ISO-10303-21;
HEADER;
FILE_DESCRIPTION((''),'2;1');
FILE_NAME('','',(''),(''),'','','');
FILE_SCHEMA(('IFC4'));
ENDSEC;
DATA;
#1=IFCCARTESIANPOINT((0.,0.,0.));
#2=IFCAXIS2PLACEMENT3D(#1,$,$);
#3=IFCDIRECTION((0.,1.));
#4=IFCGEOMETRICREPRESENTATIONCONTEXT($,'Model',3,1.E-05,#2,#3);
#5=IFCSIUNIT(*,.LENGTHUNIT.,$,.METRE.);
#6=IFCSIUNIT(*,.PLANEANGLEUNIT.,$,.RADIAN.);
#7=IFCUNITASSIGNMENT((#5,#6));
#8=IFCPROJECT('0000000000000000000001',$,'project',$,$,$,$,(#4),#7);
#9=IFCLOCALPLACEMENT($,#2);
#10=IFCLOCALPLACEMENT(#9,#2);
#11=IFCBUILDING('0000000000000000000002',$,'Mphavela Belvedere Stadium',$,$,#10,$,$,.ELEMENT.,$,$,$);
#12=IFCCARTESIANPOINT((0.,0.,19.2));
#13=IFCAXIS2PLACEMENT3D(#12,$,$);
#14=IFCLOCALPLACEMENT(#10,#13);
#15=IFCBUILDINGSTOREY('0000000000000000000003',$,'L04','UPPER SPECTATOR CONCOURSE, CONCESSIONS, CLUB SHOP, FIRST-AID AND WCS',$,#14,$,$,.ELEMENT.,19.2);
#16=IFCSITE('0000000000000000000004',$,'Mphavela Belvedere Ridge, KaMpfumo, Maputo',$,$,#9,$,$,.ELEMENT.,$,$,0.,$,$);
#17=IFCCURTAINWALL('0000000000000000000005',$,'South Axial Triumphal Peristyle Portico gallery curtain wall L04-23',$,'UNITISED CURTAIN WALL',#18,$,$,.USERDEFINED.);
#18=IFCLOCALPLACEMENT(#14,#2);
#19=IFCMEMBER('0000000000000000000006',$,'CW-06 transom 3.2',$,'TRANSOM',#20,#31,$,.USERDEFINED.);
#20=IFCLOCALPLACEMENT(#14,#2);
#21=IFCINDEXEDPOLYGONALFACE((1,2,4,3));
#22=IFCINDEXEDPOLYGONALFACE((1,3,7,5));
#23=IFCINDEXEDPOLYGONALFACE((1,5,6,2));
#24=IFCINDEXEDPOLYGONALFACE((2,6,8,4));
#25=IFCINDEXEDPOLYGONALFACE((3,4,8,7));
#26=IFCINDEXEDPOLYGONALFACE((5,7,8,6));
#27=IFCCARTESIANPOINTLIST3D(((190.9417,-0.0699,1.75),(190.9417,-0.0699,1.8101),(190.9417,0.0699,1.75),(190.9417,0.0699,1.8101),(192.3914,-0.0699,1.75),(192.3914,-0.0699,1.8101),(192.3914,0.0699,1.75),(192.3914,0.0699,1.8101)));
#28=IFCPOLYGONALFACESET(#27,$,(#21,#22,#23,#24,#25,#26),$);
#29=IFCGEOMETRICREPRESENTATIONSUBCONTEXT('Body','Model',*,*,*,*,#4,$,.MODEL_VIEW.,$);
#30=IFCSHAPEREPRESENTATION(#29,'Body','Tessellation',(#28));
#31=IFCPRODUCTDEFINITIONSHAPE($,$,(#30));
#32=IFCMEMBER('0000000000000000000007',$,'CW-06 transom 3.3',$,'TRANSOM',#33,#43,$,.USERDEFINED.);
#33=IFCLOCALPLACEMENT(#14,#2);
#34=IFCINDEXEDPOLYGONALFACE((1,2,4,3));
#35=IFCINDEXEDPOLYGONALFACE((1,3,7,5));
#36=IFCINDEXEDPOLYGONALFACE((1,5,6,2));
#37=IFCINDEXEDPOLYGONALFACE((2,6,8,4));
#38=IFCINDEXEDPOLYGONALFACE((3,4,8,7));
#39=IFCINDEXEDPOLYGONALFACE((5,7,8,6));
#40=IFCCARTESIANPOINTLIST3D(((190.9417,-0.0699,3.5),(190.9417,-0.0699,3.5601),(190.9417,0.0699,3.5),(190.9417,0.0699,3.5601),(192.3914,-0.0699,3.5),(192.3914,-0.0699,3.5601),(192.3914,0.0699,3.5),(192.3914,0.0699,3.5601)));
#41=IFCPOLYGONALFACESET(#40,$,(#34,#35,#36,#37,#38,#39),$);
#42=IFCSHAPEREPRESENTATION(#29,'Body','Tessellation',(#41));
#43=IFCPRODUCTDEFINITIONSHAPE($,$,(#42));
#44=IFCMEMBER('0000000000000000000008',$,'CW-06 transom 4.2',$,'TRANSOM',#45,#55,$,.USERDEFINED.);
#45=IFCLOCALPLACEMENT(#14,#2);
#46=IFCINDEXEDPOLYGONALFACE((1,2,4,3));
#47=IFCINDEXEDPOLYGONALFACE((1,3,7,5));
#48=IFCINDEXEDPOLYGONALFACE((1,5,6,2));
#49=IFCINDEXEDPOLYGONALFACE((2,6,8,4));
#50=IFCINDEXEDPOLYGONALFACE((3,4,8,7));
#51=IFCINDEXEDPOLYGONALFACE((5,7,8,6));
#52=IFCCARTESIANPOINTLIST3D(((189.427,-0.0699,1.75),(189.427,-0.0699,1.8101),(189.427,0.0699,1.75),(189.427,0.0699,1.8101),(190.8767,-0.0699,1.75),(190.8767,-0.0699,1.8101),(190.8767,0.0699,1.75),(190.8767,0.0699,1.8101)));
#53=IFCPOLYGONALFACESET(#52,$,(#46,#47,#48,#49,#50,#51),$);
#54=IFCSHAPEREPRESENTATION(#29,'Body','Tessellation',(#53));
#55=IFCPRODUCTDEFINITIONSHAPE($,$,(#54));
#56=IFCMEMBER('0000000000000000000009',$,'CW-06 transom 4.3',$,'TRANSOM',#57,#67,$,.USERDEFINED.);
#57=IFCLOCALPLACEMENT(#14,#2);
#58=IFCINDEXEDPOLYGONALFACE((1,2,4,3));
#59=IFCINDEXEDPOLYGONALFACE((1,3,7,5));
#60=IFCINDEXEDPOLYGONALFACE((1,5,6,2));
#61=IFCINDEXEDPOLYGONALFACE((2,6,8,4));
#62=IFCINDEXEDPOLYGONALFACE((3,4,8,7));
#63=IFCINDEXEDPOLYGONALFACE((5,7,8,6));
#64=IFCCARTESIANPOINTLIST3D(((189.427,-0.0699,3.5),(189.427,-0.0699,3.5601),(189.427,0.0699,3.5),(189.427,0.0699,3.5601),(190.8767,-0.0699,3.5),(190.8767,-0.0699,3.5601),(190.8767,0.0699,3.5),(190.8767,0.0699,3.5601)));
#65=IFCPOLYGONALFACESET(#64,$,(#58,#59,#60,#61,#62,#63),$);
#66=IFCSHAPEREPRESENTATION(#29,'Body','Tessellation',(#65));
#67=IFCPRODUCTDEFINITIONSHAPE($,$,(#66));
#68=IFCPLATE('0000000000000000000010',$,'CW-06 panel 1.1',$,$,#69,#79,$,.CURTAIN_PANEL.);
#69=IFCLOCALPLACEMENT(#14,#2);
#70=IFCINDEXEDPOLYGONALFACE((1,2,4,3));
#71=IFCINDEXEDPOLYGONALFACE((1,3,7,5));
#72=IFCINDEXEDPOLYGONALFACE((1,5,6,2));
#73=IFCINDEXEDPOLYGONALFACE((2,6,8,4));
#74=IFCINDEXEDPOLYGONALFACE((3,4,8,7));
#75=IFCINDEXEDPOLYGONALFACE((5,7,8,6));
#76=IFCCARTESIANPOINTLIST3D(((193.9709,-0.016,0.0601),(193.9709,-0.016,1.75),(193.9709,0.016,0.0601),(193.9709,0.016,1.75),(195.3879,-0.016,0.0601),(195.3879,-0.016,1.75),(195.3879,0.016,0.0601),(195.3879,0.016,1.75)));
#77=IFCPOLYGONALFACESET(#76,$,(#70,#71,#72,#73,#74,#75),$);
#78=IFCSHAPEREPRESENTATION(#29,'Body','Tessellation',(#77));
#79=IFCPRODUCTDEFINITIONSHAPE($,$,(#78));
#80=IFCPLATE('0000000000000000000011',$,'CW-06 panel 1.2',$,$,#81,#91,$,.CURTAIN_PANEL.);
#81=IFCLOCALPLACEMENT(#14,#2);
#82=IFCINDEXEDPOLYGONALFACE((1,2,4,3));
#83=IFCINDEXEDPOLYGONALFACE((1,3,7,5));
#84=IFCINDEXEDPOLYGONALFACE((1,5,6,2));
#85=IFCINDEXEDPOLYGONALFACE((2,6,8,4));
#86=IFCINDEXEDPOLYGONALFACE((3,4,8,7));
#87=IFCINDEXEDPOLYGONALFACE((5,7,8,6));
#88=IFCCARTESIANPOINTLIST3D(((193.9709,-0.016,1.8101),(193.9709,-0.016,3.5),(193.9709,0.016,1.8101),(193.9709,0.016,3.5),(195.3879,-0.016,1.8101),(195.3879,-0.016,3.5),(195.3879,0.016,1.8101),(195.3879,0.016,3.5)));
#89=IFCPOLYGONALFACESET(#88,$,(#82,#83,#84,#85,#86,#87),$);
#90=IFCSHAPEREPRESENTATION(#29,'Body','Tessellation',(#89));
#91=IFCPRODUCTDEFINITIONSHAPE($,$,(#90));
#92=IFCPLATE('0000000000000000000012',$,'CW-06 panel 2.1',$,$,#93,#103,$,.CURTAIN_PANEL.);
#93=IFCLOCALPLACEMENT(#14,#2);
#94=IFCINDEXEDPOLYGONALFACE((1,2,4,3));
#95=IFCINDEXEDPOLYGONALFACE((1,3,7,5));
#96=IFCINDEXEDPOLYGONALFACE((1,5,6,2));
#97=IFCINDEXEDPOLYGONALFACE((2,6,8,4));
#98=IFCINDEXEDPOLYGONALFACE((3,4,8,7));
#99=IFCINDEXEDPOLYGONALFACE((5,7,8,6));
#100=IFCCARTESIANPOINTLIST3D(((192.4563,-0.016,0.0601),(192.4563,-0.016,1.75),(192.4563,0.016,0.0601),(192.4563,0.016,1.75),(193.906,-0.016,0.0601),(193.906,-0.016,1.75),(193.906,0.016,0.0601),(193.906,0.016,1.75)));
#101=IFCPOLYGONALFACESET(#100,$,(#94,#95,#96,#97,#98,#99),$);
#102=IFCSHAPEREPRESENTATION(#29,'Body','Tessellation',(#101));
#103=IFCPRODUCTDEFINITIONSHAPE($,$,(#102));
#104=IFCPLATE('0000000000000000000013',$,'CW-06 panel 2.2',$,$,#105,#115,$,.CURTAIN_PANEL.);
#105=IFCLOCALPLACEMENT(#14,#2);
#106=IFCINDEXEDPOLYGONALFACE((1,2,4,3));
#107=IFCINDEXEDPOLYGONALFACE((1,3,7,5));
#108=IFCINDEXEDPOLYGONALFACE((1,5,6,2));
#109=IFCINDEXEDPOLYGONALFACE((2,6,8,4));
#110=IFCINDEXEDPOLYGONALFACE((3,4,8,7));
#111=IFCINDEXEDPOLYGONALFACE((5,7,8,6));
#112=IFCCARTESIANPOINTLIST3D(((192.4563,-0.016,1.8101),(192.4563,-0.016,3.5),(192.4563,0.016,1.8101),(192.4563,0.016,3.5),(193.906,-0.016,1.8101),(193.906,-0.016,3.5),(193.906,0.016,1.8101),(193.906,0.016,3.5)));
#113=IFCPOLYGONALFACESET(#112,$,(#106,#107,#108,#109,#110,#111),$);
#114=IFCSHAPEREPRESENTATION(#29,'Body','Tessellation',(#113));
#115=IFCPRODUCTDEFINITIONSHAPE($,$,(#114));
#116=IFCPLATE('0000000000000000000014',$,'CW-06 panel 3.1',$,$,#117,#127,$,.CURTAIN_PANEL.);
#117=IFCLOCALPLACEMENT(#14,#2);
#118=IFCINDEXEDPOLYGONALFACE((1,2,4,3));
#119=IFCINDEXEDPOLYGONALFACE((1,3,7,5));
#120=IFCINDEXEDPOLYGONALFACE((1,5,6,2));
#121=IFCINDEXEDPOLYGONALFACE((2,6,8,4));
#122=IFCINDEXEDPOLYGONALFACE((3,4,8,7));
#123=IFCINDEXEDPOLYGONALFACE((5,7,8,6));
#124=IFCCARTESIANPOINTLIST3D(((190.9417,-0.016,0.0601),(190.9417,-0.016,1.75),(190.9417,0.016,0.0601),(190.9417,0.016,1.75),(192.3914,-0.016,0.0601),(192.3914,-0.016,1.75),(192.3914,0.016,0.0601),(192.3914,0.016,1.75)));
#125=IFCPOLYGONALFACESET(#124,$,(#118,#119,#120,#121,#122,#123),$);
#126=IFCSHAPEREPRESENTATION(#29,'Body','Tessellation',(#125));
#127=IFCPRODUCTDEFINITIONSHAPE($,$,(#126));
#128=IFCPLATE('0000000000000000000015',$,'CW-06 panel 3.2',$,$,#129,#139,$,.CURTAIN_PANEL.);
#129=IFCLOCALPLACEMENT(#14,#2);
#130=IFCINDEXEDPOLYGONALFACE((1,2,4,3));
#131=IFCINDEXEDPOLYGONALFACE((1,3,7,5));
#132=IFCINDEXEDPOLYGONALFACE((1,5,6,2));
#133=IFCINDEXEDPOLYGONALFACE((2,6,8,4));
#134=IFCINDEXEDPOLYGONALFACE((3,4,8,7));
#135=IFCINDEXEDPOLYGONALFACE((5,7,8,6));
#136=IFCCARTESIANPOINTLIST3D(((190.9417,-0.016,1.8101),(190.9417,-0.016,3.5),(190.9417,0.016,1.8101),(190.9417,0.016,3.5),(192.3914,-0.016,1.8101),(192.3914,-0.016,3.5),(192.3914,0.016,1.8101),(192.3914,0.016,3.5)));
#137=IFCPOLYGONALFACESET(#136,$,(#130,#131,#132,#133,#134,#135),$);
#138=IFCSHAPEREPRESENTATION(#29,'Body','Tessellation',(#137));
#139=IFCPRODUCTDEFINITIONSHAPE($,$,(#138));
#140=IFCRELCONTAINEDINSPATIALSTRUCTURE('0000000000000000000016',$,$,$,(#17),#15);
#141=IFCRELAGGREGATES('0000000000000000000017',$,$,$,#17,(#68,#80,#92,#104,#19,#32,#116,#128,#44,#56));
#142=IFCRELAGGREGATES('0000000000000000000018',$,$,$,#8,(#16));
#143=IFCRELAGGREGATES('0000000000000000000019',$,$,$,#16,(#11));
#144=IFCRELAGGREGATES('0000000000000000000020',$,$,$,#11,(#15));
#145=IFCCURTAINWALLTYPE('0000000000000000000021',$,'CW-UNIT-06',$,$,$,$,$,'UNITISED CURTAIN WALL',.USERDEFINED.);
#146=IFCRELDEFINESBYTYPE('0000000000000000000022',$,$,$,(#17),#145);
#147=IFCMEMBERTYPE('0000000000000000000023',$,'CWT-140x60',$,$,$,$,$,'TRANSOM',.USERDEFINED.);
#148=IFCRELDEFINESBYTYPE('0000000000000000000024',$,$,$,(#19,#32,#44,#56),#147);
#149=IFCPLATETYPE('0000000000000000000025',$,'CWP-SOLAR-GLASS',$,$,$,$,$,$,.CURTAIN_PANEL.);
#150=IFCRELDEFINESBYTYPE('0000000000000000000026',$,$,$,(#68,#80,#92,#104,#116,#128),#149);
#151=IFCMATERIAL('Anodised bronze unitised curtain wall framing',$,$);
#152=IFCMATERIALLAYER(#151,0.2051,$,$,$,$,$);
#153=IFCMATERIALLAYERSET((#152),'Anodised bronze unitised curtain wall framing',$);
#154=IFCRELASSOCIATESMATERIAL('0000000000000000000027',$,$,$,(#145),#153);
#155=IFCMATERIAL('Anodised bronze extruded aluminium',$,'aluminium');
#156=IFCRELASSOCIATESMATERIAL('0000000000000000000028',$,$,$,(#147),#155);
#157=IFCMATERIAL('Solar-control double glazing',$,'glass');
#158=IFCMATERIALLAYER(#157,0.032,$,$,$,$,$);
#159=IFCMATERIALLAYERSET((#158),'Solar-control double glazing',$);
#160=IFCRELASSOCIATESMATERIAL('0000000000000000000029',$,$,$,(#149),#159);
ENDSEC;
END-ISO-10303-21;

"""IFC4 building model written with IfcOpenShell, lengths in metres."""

from ifc_helpers import new_model, si_unit, direction, frame, origin, origin_2d, place, context, subcontext, project, spatial, rectangle, extrude, material, layer, layer_set, material_profile, profile_set, type_object, element, aggregate, save


model = new_model("IFC4")

# Units and contexts
model_context = context("Model", 3, precision=1e-05, world=origin(), true_north=direction((0.0, 1.0)))
body_context = subcontext(model_context, "Body", "Model", "MODEL_VIEW")
ifc_project = project(units=[si_unit("LENGTHUNIT", "METRE"), si_unit("PLANEANGLEUNIT", "RADIAN")], contexts=[model_context])

# Site, building, storey
site_placement = place(None, origin())
site = spatial("IfcSite", under=ifc_project, at=site_placement, Name="Mphavela Belvedere Ridge, KaMpfumo, Maputo", CompositionType="ELEMENT", RefElevation=0.0)
building_placement = place(site_placement, origin())
building = spatial("IfcBuilding", under=site, at=building_placement, Name="Mphavela Belvedere Stadium", CompositionType="ELEMENT")
storey_placement = place(building_placement, frame((0.0, 0.0, 19.2)))
storey = spatial("IfcBuildingStorey", under=building, at=storey_placement, Name="L04", Description="UPPER SPECTATOR CONCOURSE, CONCESSIONS, CLUB SHOP, FIRST-AID AND WCS", CompositionType="ELEMENT", Elevation=19.2)

# Curtain wall, members, plates
ifc_material_1 = material(Name="Anodised bronze unitised curtain wall framing")
ifc_layer_1 = layer(ifc_material_1, 0.2051)
ifc_layer_set_1 = layer_set([ifc_layer_1], Name="Anodised bronze unitised curtain wall framing")
curtain_wall_type = type_object("IfcCurtainWallType", Name="CW-UNIT-06", ElementType="UNITISED CURTAIN WALL", PredefinedType="USERDEFINED", material=ifc_layer_set_1)
curtain_wall_placement = place(storey_placement, origin())
curtain_wall = element("IfcCurtainWall", 1, at=curtain_wall_placement, inside=storey, type_object=curtain_wall_type, Name="South Axial Triumphal Peristyle Portico gallery curtain wall L04-23", ObjectType="UNITISED CURTAIN WALL", PredefinedType="USERDEFINED")
ifc_material_2 = material(Name="Anodised bronze extruded aluminium", Category="aluminium")
ifc_material_profile_1 = material_profile(ifc_material_2, rectangle(XDim=0.1399, YDim=0.0601, at=origin_2d()), Name="CW-TRN 140x60")
ifc_profile_set_1 = profile_set([ifc_material_profile_1], Name="Anodised bronze extruded aluminium")
member_type_1 = type_object("IfcMemberType", Name="CWT-140x60", ElementType="TRANSOM", PredefinedType="USERDEFINED", material=ifc_profile_set_1)
member_1_placement = place(storey_placement, frame((192.3914, 0.0, 1.78), z_axis=(-1.0, 0.0, 0.0), x_axis=(0.0, -1.0, 0.0)))
member_1 = element("IfcMember", 2, at=member_1_placement, type_object=member_type_1, Name="CW-06 transom 3.2", ObjectType="TRANSOM", PredefinedType="USERDEFINED", context=body_context, shape_type="SweptSolid", body=[
    extrude(rectangle(XDim=0.1399, YDim=0.0601, at=origin_2d()), origin(), (0.0, 0.0, 1.0), 1.4497),
])
member_2_placement = place(storey_placement, frame((192.3914, 0.0, 3.53), z_axis=(-1.0, 0.0, 0.0), x_axis=(0.0, -1.0, 0.0)))
member_2 = element("IfcMember", 3, at=member_2_placement, type_object=member_type_1, Name="CW-06 transom 3.3", ObjectType="TRANSOM", PredefinedType="USERDEFINED", context=body_context, shape_type="SweptSolid", body=[
    extrude(rectangle(XDim=0.1399, YDim=0.0601, at=origin_2d()), origin(), (0.0, 0.0, 1.0), 1.4497),
])
member_3_placement = place(storey_placement, frame((190.8767, 0.0, 1.78), z_axis=(-1.0, 0.0, 0.0), x_axis=(0.0, -1.0, 0.0)))
member_3 = element("IfcMember", 4, at=member_3_placement, type_object=member_type_1, Name="CW-06 transom 4.2", ObjectType="TRANSOM", PredefinedType="USERDEFINED", context=body_context, shape_type="SweptSolid", body=[
    extrude(rectangle(XDim=0.1399, YDim=0.0601, at=origin_2d()), origin(), (0.0, 0.0, 1.0), 1.4497),
])
member_4_placement = place(storey_placement, frame((190.8767, 0.0, 3.53), z_axis=(-1.0, 0.0, 0.0), x_axis=(0.0, -1.0, 0.0)))
member_4 = element("IfcMember", 5, at=member_4_placement, type_object=member_type_1, Name="CW-06 transom 4.3", ObjectType="TRANSOM", PredefinedType="USERDEFINED", context=body_context, shape_type="SweptSolid", body=[
    extrude(rectangle(XDim=0.1399, YDim=0.0601, at=origin_2d()), origin(), (0.0, 0.0, 1.0), 1.4497),
])
ifc_material_3 = material(Name="Solar-control double glazing", Category="glass")
ifc_layer_2 = layer(ifc_material_3, 0.032)
ifc_layer_set_2 = layer_set([ifc_layer_2], Name="Solar-control double glazing")
plate_type = type_object("IfcPlateType", Name="CWP-SOLAR-GLASS", PredefinedType="CURTAIN_PANEL", material=ifc_layer_set_2)
plate_1_placement = place(storey_placement, frame((194.6794, 0.0, 0.0601), z_axis=(0.0, 0.0, 1.0), x_axis=(-1.0, 0.0, 0.0)))
plate_1 = element("IfcPlate", 6, at=plate_1_placement, type_object=plate_type, Name="CW-06 panel 1.1", PredefinedType="CURTAIN_PANEL", context=body_context, shape_type="SweptSolid", body=[
    extrude(rectangle(XDim=1.417, YDim=0.032, at=origin_2d()), origin(), (0.0, 0.0, 1.0), 1.6899),
])
plate_2_placement = place(storey_placement, frame((194.6794, 0.0, 1.8101), z_axis=(0.0, 0.0, 1.0), x_axis=(-1.0, 0.0, 0.0)))
plate_2 = element("IfcPlate", 7, at=plate_2_placement, type_object=plate_type, Name="CW-06 panel 1.2", PredefinedType="CURTAIN_PANEL", context=body_context, shape_type="SweptSolid", body=[
    extrude(rectangle(XDim=1.417, YDim=0.032, at=origin_2d()), origin(), (0.0, 0.0, 1.0), 1.6899),
])
plate_3_placement = place(storey_placement, frame((193.1812, 0.0, 0.0601), z_axis=(0.0, 0.0, 1.0), x_axis=(-1.0, 0.0, 0.0)))
plate_3 = element("IfcPlate", 8, at=plate_3_placement, type_object=plate_type, Name="CW-06 panel 2.1", PredefinedType="CURTAIN_PANEL", context=body_context, shape_type="SweptSolid", body=[
    extrude(rectangle(XDim=1.4497, YDim=0.032, at=origin_2d()), origin(), (0.0, 0.0, 1.0), 1.6899),
])
plate_4_placement = place(storey_placement, frame((193.1812, 0.0, 1.8101), z_axis=(0.0, 0.0, 1.0), x_axis=(-1.0, 0.0, 0.0)))
plate_4 = element("IfcPlate", 9, at=plate_4_placement, type_object=plate_type, Name="CW-06 panel 2.2", PredefinedType="CURTAIN_PANEL", context=body_context, shape_type="SweptSolid", body=[
    extrude(rectangle(XDim=1.4497, YDim=0.032, at=origin_2d()), origin(), (0.0, 0.0, 1.0), 1.6899),
])
plate_5_placement = place(storey_placement, frame((191.6665, 0.0, 0.0601), z_axis=(0.0, 0.0, 1.0), x_axis=(-1.0, 0.0, 0.0)))
plate_5 = element("IfcPlate", 10, at=plate_5_placement, type_object=plate_type, Name="CW-06 panel 3.1", PredefinedType="CURTAIN_PANEL", context=body_context, shape_type="SweptSolid", body=[
    extrude(rectangle(XDim=1.4497, YDim=0.032, at=origin_2d()), origin(), (0.0, 0.0, 1.0), 1.6899),
])
plate_6_placement = place(storey_placement, frame((191.6665, 0.0, 1.8101), z_axis=(0.0, 0.0, 1.0), x_axis=(-1.0, 0.0, 0.0)))
plate_6 = element("IfcPlate", 11, at=plate_6_placement, type_object=plate_type, Name="CW-06 panel 3.2", PredefinedType="CURTAIN_PANEL", context=body_context, shape_type="SweptSolid", body=[
    extrude(rectangle(XDim=1.4497, YDim=0.032, at=origin_2d()), origin(), (0.0, 0.0, 1.0), 1.6899),
])
aggregate(curtain_wall, [plate_1, plate_2, plate_3, plate_4, member_1, member_2, plate_5, plate_6, member_3, member_4])

save(model, "model.ifc")
